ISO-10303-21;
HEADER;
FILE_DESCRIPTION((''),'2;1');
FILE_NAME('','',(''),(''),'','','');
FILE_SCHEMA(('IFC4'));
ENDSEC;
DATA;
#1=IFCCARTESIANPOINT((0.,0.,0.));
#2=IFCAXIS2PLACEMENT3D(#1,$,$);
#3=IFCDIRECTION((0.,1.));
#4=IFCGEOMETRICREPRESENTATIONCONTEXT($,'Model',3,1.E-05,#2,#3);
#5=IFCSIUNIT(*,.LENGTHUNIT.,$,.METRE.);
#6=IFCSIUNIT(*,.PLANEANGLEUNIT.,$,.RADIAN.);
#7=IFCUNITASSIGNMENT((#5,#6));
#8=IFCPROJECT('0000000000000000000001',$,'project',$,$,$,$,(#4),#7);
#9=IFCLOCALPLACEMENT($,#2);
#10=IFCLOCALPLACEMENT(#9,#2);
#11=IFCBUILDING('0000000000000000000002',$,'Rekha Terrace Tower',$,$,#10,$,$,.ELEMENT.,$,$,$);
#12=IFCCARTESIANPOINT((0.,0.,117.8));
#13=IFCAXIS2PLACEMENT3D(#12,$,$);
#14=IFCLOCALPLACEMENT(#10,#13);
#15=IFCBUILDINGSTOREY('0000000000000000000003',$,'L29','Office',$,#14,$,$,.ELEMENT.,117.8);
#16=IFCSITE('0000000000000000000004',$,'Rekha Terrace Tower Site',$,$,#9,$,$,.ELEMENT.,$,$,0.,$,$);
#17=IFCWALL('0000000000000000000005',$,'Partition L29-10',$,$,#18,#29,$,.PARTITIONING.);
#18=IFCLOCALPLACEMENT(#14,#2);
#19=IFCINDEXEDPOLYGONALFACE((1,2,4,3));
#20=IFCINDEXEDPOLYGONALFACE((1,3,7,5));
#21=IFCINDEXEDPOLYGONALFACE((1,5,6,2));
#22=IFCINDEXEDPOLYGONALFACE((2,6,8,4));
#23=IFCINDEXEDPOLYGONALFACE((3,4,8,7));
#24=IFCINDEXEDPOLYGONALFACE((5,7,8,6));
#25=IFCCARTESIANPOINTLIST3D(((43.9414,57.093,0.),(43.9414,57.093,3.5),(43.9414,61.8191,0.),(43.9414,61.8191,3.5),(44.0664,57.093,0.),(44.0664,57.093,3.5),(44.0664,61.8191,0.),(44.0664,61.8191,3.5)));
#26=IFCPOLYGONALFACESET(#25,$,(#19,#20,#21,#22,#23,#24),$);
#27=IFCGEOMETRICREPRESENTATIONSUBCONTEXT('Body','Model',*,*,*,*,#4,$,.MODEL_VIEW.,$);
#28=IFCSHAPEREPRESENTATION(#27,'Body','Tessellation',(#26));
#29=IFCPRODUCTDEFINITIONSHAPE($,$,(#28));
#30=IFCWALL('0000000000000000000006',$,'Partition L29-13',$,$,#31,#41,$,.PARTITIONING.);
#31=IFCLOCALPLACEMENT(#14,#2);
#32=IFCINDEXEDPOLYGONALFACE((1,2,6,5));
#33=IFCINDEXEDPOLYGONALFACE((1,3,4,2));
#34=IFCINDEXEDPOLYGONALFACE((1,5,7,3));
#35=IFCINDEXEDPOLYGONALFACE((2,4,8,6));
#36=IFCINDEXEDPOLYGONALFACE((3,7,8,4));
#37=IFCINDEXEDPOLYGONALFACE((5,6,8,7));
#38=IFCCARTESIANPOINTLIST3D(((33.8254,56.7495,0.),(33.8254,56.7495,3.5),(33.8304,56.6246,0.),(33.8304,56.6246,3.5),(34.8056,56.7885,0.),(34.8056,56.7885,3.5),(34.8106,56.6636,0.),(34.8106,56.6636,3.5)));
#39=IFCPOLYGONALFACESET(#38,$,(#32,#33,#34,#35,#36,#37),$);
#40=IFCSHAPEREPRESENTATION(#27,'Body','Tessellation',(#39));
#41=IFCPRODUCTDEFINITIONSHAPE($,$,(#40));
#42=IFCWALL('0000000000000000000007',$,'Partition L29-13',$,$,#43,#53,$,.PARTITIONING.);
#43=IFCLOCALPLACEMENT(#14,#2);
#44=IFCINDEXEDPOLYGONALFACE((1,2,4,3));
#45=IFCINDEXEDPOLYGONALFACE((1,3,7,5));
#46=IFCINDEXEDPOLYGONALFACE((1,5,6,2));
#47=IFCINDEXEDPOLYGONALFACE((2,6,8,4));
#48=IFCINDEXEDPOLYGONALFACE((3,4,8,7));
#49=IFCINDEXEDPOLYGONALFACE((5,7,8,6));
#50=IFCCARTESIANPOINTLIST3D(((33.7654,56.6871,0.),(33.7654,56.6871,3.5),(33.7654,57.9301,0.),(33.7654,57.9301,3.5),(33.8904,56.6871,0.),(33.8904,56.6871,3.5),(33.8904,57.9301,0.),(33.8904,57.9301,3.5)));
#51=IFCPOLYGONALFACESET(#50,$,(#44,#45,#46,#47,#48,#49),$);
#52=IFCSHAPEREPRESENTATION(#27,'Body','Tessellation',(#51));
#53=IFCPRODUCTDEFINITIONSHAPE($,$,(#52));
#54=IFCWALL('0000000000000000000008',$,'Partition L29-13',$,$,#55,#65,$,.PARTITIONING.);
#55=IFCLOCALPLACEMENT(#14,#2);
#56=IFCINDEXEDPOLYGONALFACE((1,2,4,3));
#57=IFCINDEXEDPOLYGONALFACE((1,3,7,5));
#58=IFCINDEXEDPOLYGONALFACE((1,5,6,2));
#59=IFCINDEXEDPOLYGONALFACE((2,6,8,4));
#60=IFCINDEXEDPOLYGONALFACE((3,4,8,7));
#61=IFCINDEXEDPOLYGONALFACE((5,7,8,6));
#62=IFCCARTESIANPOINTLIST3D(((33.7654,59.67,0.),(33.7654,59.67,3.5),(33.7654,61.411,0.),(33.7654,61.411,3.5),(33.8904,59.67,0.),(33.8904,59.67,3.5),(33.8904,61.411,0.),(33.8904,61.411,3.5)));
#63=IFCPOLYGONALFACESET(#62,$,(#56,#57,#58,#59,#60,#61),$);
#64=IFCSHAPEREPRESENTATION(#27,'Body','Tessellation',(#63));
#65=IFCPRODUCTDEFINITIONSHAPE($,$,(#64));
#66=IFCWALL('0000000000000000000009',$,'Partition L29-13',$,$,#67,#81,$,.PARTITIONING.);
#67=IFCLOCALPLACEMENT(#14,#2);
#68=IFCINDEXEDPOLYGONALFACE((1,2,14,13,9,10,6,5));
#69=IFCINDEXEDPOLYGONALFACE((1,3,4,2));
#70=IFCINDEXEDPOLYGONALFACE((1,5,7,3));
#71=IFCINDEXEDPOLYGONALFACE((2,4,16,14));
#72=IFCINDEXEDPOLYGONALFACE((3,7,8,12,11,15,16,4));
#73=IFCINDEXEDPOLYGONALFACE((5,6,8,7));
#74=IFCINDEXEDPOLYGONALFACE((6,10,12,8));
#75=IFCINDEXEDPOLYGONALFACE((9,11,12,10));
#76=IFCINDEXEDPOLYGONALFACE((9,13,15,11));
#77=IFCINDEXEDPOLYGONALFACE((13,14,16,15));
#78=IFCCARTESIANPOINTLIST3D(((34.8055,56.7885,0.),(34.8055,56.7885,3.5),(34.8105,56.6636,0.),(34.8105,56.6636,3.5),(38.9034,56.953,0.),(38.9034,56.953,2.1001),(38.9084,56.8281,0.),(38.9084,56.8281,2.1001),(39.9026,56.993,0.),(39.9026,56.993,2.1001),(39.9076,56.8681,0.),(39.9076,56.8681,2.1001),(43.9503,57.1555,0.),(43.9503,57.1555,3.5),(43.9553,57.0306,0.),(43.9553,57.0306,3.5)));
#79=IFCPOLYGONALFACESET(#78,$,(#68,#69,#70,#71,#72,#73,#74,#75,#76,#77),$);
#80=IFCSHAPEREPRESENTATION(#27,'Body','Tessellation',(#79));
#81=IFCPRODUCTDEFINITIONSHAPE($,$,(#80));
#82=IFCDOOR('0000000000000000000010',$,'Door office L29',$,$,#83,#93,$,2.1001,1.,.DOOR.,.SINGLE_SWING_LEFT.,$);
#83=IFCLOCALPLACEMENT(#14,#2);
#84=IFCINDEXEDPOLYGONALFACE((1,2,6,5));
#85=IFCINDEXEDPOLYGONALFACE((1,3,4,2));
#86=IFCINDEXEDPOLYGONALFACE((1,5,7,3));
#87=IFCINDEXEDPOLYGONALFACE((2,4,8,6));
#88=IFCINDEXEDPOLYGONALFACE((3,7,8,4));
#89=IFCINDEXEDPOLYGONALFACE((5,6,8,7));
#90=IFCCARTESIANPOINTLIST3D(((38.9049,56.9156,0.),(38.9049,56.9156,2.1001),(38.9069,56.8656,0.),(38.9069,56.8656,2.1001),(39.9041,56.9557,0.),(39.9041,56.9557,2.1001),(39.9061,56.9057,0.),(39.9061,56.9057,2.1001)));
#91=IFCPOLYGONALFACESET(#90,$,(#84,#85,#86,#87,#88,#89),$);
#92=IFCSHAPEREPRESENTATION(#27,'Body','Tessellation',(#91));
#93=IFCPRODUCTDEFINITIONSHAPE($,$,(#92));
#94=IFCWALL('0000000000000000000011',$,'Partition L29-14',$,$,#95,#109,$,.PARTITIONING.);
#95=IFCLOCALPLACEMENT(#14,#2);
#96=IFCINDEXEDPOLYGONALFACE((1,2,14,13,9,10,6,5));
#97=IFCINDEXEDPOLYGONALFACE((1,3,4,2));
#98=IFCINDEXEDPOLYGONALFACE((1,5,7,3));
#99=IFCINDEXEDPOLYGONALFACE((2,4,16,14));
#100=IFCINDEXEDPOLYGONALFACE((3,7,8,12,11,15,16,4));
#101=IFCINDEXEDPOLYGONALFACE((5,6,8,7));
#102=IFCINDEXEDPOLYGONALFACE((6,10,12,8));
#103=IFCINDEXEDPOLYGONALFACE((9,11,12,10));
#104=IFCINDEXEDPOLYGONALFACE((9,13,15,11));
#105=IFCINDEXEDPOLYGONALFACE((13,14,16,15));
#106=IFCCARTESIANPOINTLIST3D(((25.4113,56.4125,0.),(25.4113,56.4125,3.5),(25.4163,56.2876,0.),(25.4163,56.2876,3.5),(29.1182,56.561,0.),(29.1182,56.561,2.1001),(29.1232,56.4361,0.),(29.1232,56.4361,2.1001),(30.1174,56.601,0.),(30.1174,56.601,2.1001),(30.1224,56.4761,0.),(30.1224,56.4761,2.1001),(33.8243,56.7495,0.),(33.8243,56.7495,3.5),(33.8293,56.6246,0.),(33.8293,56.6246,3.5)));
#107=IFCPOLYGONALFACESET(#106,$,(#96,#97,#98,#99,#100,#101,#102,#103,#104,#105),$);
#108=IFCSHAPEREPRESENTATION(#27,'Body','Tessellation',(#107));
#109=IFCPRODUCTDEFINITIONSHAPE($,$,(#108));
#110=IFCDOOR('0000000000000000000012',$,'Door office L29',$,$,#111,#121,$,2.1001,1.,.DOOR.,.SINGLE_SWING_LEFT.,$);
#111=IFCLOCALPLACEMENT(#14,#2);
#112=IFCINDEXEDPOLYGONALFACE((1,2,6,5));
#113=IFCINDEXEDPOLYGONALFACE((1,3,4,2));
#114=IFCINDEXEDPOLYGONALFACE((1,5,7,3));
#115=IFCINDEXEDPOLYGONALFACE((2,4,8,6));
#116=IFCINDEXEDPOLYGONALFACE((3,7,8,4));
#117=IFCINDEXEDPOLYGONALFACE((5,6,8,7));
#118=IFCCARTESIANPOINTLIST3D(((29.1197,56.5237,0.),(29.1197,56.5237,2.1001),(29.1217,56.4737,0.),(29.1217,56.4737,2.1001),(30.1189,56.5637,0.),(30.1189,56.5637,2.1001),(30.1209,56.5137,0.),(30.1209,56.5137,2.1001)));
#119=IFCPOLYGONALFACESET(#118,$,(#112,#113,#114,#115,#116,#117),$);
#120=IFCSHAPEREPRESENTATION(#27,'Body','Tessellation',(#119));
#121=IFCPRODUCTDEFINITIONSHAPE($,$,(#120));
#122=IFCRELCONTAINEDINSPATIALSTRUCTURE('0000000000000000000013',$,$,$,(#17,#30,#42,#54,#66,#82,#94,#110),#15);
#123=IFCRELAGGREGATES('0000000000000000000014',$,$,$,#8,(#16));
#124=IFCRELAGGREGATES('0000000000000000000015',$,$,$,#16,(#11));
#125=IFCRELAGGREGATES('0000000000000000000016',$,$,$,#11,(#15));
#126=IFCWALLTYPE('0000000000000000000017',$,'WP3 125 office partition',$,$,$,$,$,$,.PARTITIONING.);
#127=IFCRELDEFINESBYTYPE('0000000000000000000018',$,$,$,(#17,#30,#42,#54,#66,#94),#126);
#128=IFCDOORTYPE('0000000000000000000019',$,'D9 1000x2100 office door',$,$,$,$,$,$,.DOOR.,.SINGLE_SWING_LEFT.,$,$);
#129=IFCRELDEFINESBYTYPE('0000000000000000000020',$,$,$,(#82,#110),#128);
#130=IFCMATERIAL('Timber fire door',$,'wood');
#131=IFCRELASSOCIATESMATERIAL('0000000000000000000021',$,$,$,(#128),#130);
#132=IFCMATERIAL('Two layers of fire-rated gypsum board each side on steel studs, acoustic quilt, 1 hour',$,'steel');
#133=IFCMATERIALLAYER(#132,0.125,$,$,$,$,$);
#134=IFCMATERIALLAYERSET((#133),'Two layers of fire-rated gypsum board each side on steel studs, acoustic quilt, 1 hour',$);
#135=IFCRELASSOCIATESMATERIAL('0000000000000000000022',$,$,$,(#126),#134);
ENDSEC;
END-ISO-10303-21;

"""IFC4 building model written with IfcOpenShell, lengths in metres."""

from ifc_helpers import new_model, si_unit, direction, frame, frame_2d, origin, place, context, subcontext, project, spatial, rectangle, extrude, material, layer, layer_set, type_object, element, fill, save


model = new_model("IFC4")

# Units and contexts
model_context = context("Model", 3, precision=1e-05, world=origin(), true_north=direction((0.0, 1.0)))
body_context = subcontext(model_context, "Body", "Model", "MODEL_VIEW")
ifc_project = project(units=[si_unit("LENGTHUNIT", "METRE"), si_unit("PLANEANGLEUNIT", "RADIAN")], contexts=[model_context])

# Site, building, storey
site_placement = place(None, origin())
site = spatial("IfcSite", under=ifc_project, at=site_placement, Name="Rekha Terrace Tower Site", CompositionType="ELEMENT", RefElevation=0.0)
building_placement = place(site_placement, origin())
building = spatial("IfcBuilding", under=site, at=building_placement, Name="Rekha Terrace Tower", CompositionType="ELEMENT")
storey_placement = place(building_placement, frame((0.0, 0.0, 117.8)))
storey = spatial("IfcBuildingStorey", under=building, at=storey_placement, Name="L29", Description="Office", CompositionType="ELEMENT", Elevation=117.8)

# Shared definitions
ifc_material_1 = material(Name="Timber fire door", Category="wood")
door_type_1 = type_object("IfcDoorType", Name="D9 1000x2100 office door", OperationType="SINGLE_SWING_LEFT", PredefinedType="DOOR", material=ifc_material_1)

# Walls
ifc_material_2 = material(Name="Two layers of fire-rated gypsum board each side on steel studs, acoustic quilt, 1 hour", Category="steel")
ifc_layer_1 = layer(ifc_material_2, 0.125)
ifc_layer_set_1 = layer_set([ifc_layer_1], Name="Two layers of fire-rated gypsum board each side on steel studs, acoustic quilt, 1 hour")
wall_type_1 = type_object("IfcWallType", Name="WP3 125 office partition", PredefinedType="PARTITIONING", material=ifc_layer_set_1)
wall_1_placement = place(storey_placement, frame((44.0039, 57.093, 0.0), z_axis=(0.0, 0.0, 1.0), x_axis=(0.0, 1.0, 0.0)))
element("IfcWall", 1, at=wall_1_placement, inside=storey, type_object=wall_type_1, Name="Partition L29-10", PredefinedType="PARTITIONING", context=body_context, shape_type="SweptSolid", body=[
    extrude(rectangle(XDim=4.7261, YDim=0.125, at=frame_2d((2.363, 0.0))), origin(), (0.0, 0.0, 1.0), 3.5),
])
wall_2_placement = place(storey_placement, frame((34.8081, 56.7261, 0.0), z_axis=(0.0, 0.0, 1.0), x_axis=(-0.999207, -0.039819, 0.0)))
element("IfcWall", 2, at=wall_2_placement, inside=storey, type_object=wall_type_1, Name="Partition L29-13", PredefinedType="PARTITIONING", context=body_context, shape_type="SweptSolid", body=[
    extrude(rectangle(XDim=0.981, YDim=0.125, at=frame_2d((0.4905, 0.0))), origin(), (0.0, 0.0, 1.0), 3.5),
])
wall_3_placement = place(storey_placement, frame((33.8279, 56.687, 0.0), z_axis=(0.0, 0.0, 1.0), x_axis=(0.0, 1.0, 0.0)))
element("IfcWall", 3, at=wall_3_placement, inside=storey, type_object=wall_type_1, Name="Partition L29-13", PredefinedType="PARTITIONING", context=body_context, shape_type="SweptSolid", body=[
    extrude(rectangle(XDim=1.2429, YDim=0.125, at=frame_2d((0.6216, 0.0))), origin(), (0.0, 0.0, 1.0), 3.5),
])
wall_4_placement = place(storey_placement, frame((33.8279, 59.6699, 0.0), z_axis=(0.0, 0.0, 1.0), x_axis=(0.0, 1.0, 0.0)))
element("IfcWall", 4, at=wall_4_placement, inside=storey, type_object=wall_type_1, Name="Partition L29-13", PredefinedType="PARTITIONING", context=body_context, shape_type="SweptSolid", body=[
    extrude(rectangle(XDim=1.741, YDim=0.125, at=frame_2d((0.8706, 0.0))), origin(), (0.0, 0.0, 1.0), 3.5),
])

# Walls, openings, doors
wall_5_placement = place(storey_placement, frame((43.9529, 57.093, 0.0), z_axis=(0.0, 0.0, 1.0), x_axis=(-0.999196, -0.040094, 0.0)))
wall_5 = element("IfcWall", 5, at=wall_5_placement, inside=storey, type_object=wall_type_1, Name="Partition L29-13", PredefinedType="PARTITIONING", context=body_context, shape_type="SweptSolid", body=[
    extrude(rectangle(XDim=9.1521, YDim=0.125, at=frame_2d((4.5762, 0.0))), origin(), (0.0, 0.0, 1.0), 3.5),
])
opening_1_placement = place(wall_5_placement, frame((4.051, 0.0, 0.0)))
opening_1 = element("IfcOpeningElement", 6, at=opening_1_placement, cuts=wall_5, PredefinedType="OPENING", context=body_context, shape_type="SweptSolid", body=[
    extrude(rectangle(XDim=1.0, YDim=2.1001, at=frame_2d((0.5, 1.05))), frame((0.0, 0.0725, 0.0), z_axis=(0.0, -1.0, 0.0), x_axis=(1.0, 0.0, 0.0)), (0.0, 0.0, 1.0), 0.145),
])
door_1_placement = place(opening_1_placement, origin())
door_1 = element("IfcDoor", 7, at=door_1_placement, inside=storey, type_object=door_type_1, Name="Door office L29", OperationType="SINGLE_SWING_LEFT", OverallHeight=2.1001, OverallWidth=1.0, PredefinedType="DOOR", context=body_context, shape_type="SweptSolid", body=[
    extrude(rectangle(XDim=1.0, YDim=2.1001, at=frame_2d((0.5, 1.05))), frame((0.0, 0.0249, 0.0), z_axis=(0.0, -1.0, 0.0), x_axis=(1.0, 0.0, 0.0)), (0.0, 0.0, 1.0), 0.05),
])
fill(opening_1, door_1)
wall_6_placement = place(storey_placement, frame((33.8269, 56.687, 0.0), z_axis=(0.0, 0.0, 1.0), x_axis=(-0.999199, -0.040016, 0.0)))
wall_6 = element("IfcWall", 8, at=wall_6_placement, inside=storey, type_object=wall_type_1, Name="Partition L29-14", PredefinedType="PARTITIONING", context=body_context, shape_type="SweptSolid", body=[
    extrude(rectangle(XDim=8.4197, YDim=0.125, at=frame_2d((4.21, 0.0))), origin(), (0.0, 0.0, 1.0), 3.5),
])
opening_2_placement = place(wall_6_placement, frame((3.71, 0.0, 0.0)))
opening_2 = element("IfcOpeningElement", 9, at=opening_2_placement, cuts=wall_6, PredefinedType="OPENING", context=body_context, shape_type="SweptSolid", body=[
    extrude(rectangle(XDim=1.0, YDim=2.1001, at=frame_2d((0.5, 1.05))), frame((0.0, 0.0725, 0.0), z_axis=(0.0, -1.0, 0.0), x_axis=(1.0, 0.0, 0.0)), (0.0, 0.0, 1.0), 0.145),
])
door_2_placement = place(opening_2_placement, origin())
door_2 = element("IfcDoor", 10, at=door_2_placement, inside=storey, type_object=door_type_1, Name="Door office L29", OperationType="SINGLE_SWING_LEFT", OverallHeight=2.1001, OverallWidth=1.0, PredefinedType="DOOR", context=body_context, shape_type="SweptSolid", body=[
    extrude(rectangle(XDim=1.0, YDim=2.1001, at=frame_2d((0.5, 1.05))), frame((0.0, 0.0249, 0.0), z_axis=(0.0, -1.0, 0.0), x_axis=(1.0, 0.0, 0.0)), (0.0, 0.0, 1.0), 0.05),
])
fill(opening_2, door_2)

save(model, "model.ifc")
